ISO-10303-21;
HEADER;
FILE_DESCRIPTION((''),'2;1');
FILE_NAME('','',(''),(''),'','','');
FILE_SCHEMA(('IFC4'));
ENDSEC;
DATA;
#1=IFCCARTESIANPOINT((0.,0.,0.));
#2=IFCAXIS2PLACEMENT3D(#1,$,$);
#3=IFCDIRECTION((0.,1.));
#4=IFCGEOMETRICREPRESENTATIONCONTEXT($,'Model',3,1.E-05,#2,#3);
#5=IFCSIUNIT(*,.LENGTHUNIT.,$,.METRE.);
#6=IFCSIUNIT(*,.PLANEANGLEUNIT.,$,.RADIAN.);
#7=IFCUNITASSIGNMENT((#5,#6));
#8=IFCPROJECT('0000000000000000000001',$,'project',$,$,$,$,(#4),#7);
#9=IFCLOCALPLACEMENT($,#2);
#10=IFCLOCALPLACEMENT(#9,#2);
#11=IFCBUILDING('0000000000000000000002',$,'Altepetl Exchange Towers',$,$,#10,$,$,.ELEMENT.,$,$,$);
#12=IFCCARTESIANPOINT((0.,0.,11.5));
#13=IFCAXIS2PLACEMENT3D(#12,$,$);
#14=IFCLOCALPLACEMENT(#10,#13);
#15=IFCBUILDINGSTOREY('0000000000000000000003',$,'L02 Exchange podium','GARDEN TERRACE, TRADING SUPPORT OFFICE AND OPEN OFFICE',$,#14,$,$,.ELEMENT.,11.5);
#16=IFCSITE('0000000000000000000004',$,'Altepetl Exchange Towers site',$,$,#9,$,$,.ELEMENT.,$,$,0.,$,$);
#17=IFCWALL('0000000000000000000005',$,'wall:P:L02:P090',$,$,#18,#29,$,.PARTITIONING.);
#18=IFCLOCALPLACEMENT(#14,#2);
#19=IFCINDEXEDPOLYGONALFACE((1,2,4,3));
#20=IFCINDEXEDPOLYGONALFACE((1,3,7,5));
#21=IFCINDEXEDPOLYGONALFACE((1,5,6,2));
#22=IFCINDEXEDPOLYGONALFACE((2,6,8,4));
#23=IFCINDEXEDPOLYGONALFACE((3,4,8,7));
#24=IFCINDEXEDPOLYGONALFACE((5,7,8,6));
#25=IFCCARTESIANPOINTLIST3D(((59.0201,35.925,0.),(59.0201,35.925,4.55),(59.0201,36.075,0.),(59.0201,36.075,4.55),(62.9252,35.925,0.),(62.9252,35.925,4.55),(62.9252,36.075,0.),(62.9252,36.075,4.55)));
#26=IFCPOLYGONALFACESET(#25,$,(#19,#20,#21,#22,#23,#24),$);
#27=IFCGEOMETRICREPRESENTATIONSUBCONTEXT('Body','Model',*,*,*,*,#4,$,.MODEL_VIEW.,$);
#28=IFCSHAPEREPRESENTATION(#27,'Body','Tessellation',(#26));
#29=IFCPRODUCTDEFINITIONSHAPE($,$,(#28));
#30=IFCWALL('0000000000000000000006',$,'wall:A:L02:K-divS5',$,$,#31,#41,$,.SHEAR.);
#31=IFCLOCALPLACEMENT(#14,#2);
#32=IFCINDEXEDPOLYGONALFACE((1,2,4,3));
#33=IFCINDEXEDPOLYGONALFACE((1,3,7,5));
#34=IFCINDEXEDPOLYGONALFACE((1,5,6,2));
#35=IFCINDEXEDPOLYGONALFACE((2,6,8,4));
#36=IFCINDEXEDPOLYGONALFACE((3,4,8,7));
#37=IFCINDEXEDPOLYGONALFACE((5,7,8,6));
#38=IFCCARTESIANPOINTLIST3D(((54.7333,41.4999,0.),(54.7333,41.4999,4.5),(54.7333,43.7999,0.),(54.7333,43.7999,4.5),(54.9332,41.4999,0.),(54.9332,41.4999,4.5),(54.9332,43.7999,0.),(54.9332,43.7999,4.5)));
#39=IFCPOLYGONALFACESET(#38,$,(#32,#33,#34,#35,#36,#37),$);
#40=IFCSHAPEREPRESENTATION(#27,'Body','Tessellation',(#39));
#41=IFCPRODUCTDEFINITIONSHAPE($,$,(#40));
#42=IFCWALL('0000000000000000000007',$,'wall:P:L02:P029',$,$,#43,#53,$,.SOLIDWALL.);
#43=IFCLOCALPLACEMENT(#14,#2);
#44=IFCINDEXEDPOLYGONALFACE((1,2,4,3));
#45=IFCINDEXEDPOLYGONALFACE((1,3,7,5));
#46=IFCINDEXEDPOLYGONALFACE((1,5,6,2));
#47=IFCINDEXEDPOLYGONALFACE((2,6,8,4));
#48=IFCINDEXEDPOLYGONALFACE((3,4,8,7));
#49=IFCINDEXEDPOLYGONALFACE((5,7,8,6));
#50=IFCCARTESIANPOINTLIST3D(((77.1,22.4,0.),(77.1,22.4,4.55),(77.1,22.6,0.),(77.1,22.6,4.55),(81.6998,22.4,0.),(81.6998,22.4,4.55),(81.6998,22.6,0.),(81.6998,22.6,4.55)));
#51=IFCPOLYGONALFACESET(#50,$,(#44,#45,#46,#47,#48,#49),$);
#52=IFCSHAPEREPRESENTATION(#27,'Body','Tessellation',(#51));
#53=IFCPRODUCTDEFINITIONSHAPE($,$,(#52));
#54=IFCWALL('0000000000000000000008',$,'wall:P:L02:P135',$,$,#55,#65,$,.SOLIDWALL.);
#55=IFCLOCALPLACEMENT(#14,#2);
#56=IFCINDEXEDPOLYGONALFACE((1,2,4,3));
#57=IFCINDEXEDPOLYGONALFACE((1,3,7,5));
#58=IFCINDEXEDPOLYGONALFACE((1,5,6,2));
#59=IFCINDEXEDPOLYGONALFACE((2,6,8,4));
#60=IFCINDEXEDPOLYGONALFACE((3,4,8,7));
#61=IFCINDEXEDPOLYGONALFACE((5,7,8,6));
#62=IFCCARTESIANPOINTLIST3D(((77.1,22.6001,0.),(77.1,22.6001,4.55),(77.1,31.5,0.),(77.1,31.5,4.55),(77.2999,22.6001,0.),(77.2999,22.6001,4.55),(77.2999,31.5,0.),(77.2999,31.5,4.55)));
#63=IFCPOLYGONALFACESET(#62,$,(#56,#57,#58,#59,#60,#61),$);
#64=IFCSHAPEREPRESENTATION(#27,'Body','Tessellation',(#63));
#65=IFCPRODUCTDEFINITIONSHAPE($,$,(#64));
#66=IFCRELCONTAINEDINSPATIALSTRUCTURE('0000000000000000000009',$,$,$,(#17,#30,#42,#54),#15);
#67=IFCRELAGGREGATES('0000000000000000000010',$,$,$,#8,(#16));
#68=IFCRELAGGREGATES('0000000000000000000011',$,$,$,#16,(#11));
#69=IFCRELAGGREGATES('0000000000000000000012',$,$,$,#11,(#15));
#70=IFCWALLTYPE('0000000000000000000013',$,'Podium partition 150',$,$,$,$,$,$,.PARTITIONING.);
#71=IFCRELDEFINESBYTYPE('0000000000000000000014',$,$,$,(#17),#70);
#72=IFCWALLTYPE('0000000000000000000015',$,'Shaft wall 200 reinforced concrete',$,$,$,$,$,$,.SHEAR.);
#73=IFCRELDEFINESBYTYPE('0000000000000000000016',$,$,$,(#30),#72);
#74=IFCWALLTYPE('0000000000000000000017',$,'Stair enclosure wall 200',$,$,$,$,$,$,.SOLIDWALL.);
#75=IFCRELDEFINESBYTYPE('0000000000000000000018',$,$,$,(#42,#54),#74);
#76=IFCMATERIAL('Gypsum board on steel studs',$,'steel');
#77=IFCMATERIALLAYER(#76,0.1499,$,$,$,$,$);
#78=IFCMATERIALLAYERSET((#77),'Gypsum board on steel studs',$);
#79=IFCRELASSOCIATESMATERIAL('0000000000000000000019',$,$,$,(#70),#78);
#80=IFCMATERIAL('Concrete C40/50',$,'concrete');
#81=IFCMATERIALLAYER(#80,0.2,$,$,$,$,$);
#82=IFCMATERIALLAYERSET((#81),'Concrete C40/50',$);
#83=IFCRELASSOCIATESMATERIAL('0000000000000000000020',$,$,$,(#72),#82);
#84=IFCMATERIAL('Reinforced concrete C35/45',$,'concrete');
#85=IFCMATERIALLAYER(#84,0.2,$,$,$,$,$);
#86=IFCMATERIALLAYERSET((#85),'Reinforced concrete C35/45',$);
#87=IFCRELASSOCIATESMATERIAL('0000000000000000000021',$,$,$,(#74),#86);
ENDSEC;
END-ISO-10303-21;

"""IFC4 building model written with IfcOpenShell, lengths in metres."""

from ifc_helpers import new_model, si_unit, direction, frame, frame_2d, origin, place, context, subcontext, project, spatial, rectangle, extrude, material, layer, layer_set, type_object, element, save


model = new_model("IFC4")

# Units and contexts
model_context = context("Model", 3, precision=1e-05, world=origin(), true_north=direction((0.0, 1.0)))
body_context = subcontext(model_context, "Body", "Model", "MODEL_VIEW")
ifc_project = project(units=[si_unit("LENGTHUNIT", "METRE"), si_unit("PLANEANGLEUNIT", "RADIAN")], contexts=[model_context])

# Site, building, storey
site_placement = place(None, origin())
site = spatial("IfcSite", under=ifc_project, at=site_placement, Name="Altepetl Exchange Towers site", CompositionType="ELEMENT", RefElevation=0.0)
building_placement = place(site_placement, origin())
building = spatial("IfcBuilding", under=site, at=building_placement, Name="Altepetl Exchange Towers", CompositionType="ELEMENT")
storey_placement = place(building_placement, frame((0.0, 0.0, 11.5)))
storey = spatial("IfcBuildingStorey", under=building, at=storey_placement, Name="L02 Exchange podium", Description="GARDEN TERRACE, TRADING SUPPORT OFFICE AND OPEN OFFICE", CompositionType="ELEMENT", Elevation=11.5)

# Shared definitions
ifc_material_1 = material(Name="Gypsum board on steel studs", Category="steel")
ifc_layer_1 = layer(ifc_material_1, 0.1499)
ifc_layer_set_1 = layer_set([ifc_layer_1], Name="Gypsum board on steel studs")
wall_type_1 = type_object("IfcWallType", Name="Podium partition 150", PredefinedType="PARTITIONING", material=ifc_layer_set_1)

# Walls
wall_1_placement = place(storey_placement, frame((59.02, 36.0, 0.0)))
element("IfcWall", 1, at=wall_1_placement, inside=storey, type_object=wall_type_1, Name="wall:P:L02:P090", PredefinedType="PARTITIONING", context=body_context, shape_type="SweptSolid", body=[
    extrude(rectangle(XDim=3.905, YDim=0.1499, at=frame_2d((1.9526, 0.0))), origin(), (0.0, 0.0, 1.0), 4.55),
])
ifc_material_2 = material(Name="Concrete C40/50", Category="concrete")
ifc_layer_2 = layer(ifc_material_2, 0.2)
ifc_layer_set_2 = layer_set([ifc_layer_2], Name="Concrete C40/50")
wall_type_2 = type_object("IfcWallType", Name="Shaft wall 200 reinforced concrete", PredefinedType="SHEAR", material=ifc_layer_set_2)
wall_2_placement = place(storey_placement, frame((54.8333, 41.5, 0.0), z_axis=(0.0, 0.0, 1.0), x_axis=(0.0, 1.0, 0.0)))
element("IfcWall", 2, at=wall_2_placement, inside=storey, type_object=wall_type_2, Name="wall:A:L02:K-divS5", PredefinedType="SHEAR", context=body_context, shape_type="SweptSolid", body=[
    extrude(rectangle(XDim=2.3, YDim=0.2, at=frame_2d((1.1499, 0.0))), origin(), (0.0, 0.0, 1.0), 4.5),
])
ifc_material_3 = material(Name="Reinforced concrete C35/45", Category="concrete")
ifc_layer_3 = layer(ifc_material_3, 0.2)
ifc_layer_set_3 = layer_set([ifc_layer_3], Name="Reinforced concrete C35/45")
wall_type_3 = type_object("IfcWallType", Name="Stair enclosure wall 200", PredefinedType="SOLIDWALL", material=ifc_layer_set_3)
wall_3_placement = place(storey_placement, frame((77.1001, 22.5, 0.0)))
element("IfcWall", 3, at=wall_3_placement, inside=storey, type_object=wall_type_3, Name="wall:P:L02:P029", PredefinedType="SOLIDWALL", context=body_context, shape_type="SweptSolid", body=[
    extrude(rectangle(XDim=4.5999, YDim=0.2, at=frame_2d((2.2998, 0.0))), origin(), (0.0, 0.0, 1.0), 4.55),
])
wall_4_placement = place(storey_placement, frame((77.2, 22.6001, 0.0), z_axis=(0.0, 0.0, 1.0), x_axis=(0.0, 1.0, 0.0)))
element("IfcWall", 4, at=wall_4_placement, inside=storey, type_object=wall_type_3, Name="wall:P:L02:P135", PredefinedType="SOLIDWALL", context=body_context, shape_type="SweptSolid", body=[
    extrude(rectangle(XDim=8.8999, YDim=0.2, at=frame_2d((4.45, 0.0))), origin(), (0.0, 0.0, 1.0), 4.55),
])

save(model, "model.ifc")
